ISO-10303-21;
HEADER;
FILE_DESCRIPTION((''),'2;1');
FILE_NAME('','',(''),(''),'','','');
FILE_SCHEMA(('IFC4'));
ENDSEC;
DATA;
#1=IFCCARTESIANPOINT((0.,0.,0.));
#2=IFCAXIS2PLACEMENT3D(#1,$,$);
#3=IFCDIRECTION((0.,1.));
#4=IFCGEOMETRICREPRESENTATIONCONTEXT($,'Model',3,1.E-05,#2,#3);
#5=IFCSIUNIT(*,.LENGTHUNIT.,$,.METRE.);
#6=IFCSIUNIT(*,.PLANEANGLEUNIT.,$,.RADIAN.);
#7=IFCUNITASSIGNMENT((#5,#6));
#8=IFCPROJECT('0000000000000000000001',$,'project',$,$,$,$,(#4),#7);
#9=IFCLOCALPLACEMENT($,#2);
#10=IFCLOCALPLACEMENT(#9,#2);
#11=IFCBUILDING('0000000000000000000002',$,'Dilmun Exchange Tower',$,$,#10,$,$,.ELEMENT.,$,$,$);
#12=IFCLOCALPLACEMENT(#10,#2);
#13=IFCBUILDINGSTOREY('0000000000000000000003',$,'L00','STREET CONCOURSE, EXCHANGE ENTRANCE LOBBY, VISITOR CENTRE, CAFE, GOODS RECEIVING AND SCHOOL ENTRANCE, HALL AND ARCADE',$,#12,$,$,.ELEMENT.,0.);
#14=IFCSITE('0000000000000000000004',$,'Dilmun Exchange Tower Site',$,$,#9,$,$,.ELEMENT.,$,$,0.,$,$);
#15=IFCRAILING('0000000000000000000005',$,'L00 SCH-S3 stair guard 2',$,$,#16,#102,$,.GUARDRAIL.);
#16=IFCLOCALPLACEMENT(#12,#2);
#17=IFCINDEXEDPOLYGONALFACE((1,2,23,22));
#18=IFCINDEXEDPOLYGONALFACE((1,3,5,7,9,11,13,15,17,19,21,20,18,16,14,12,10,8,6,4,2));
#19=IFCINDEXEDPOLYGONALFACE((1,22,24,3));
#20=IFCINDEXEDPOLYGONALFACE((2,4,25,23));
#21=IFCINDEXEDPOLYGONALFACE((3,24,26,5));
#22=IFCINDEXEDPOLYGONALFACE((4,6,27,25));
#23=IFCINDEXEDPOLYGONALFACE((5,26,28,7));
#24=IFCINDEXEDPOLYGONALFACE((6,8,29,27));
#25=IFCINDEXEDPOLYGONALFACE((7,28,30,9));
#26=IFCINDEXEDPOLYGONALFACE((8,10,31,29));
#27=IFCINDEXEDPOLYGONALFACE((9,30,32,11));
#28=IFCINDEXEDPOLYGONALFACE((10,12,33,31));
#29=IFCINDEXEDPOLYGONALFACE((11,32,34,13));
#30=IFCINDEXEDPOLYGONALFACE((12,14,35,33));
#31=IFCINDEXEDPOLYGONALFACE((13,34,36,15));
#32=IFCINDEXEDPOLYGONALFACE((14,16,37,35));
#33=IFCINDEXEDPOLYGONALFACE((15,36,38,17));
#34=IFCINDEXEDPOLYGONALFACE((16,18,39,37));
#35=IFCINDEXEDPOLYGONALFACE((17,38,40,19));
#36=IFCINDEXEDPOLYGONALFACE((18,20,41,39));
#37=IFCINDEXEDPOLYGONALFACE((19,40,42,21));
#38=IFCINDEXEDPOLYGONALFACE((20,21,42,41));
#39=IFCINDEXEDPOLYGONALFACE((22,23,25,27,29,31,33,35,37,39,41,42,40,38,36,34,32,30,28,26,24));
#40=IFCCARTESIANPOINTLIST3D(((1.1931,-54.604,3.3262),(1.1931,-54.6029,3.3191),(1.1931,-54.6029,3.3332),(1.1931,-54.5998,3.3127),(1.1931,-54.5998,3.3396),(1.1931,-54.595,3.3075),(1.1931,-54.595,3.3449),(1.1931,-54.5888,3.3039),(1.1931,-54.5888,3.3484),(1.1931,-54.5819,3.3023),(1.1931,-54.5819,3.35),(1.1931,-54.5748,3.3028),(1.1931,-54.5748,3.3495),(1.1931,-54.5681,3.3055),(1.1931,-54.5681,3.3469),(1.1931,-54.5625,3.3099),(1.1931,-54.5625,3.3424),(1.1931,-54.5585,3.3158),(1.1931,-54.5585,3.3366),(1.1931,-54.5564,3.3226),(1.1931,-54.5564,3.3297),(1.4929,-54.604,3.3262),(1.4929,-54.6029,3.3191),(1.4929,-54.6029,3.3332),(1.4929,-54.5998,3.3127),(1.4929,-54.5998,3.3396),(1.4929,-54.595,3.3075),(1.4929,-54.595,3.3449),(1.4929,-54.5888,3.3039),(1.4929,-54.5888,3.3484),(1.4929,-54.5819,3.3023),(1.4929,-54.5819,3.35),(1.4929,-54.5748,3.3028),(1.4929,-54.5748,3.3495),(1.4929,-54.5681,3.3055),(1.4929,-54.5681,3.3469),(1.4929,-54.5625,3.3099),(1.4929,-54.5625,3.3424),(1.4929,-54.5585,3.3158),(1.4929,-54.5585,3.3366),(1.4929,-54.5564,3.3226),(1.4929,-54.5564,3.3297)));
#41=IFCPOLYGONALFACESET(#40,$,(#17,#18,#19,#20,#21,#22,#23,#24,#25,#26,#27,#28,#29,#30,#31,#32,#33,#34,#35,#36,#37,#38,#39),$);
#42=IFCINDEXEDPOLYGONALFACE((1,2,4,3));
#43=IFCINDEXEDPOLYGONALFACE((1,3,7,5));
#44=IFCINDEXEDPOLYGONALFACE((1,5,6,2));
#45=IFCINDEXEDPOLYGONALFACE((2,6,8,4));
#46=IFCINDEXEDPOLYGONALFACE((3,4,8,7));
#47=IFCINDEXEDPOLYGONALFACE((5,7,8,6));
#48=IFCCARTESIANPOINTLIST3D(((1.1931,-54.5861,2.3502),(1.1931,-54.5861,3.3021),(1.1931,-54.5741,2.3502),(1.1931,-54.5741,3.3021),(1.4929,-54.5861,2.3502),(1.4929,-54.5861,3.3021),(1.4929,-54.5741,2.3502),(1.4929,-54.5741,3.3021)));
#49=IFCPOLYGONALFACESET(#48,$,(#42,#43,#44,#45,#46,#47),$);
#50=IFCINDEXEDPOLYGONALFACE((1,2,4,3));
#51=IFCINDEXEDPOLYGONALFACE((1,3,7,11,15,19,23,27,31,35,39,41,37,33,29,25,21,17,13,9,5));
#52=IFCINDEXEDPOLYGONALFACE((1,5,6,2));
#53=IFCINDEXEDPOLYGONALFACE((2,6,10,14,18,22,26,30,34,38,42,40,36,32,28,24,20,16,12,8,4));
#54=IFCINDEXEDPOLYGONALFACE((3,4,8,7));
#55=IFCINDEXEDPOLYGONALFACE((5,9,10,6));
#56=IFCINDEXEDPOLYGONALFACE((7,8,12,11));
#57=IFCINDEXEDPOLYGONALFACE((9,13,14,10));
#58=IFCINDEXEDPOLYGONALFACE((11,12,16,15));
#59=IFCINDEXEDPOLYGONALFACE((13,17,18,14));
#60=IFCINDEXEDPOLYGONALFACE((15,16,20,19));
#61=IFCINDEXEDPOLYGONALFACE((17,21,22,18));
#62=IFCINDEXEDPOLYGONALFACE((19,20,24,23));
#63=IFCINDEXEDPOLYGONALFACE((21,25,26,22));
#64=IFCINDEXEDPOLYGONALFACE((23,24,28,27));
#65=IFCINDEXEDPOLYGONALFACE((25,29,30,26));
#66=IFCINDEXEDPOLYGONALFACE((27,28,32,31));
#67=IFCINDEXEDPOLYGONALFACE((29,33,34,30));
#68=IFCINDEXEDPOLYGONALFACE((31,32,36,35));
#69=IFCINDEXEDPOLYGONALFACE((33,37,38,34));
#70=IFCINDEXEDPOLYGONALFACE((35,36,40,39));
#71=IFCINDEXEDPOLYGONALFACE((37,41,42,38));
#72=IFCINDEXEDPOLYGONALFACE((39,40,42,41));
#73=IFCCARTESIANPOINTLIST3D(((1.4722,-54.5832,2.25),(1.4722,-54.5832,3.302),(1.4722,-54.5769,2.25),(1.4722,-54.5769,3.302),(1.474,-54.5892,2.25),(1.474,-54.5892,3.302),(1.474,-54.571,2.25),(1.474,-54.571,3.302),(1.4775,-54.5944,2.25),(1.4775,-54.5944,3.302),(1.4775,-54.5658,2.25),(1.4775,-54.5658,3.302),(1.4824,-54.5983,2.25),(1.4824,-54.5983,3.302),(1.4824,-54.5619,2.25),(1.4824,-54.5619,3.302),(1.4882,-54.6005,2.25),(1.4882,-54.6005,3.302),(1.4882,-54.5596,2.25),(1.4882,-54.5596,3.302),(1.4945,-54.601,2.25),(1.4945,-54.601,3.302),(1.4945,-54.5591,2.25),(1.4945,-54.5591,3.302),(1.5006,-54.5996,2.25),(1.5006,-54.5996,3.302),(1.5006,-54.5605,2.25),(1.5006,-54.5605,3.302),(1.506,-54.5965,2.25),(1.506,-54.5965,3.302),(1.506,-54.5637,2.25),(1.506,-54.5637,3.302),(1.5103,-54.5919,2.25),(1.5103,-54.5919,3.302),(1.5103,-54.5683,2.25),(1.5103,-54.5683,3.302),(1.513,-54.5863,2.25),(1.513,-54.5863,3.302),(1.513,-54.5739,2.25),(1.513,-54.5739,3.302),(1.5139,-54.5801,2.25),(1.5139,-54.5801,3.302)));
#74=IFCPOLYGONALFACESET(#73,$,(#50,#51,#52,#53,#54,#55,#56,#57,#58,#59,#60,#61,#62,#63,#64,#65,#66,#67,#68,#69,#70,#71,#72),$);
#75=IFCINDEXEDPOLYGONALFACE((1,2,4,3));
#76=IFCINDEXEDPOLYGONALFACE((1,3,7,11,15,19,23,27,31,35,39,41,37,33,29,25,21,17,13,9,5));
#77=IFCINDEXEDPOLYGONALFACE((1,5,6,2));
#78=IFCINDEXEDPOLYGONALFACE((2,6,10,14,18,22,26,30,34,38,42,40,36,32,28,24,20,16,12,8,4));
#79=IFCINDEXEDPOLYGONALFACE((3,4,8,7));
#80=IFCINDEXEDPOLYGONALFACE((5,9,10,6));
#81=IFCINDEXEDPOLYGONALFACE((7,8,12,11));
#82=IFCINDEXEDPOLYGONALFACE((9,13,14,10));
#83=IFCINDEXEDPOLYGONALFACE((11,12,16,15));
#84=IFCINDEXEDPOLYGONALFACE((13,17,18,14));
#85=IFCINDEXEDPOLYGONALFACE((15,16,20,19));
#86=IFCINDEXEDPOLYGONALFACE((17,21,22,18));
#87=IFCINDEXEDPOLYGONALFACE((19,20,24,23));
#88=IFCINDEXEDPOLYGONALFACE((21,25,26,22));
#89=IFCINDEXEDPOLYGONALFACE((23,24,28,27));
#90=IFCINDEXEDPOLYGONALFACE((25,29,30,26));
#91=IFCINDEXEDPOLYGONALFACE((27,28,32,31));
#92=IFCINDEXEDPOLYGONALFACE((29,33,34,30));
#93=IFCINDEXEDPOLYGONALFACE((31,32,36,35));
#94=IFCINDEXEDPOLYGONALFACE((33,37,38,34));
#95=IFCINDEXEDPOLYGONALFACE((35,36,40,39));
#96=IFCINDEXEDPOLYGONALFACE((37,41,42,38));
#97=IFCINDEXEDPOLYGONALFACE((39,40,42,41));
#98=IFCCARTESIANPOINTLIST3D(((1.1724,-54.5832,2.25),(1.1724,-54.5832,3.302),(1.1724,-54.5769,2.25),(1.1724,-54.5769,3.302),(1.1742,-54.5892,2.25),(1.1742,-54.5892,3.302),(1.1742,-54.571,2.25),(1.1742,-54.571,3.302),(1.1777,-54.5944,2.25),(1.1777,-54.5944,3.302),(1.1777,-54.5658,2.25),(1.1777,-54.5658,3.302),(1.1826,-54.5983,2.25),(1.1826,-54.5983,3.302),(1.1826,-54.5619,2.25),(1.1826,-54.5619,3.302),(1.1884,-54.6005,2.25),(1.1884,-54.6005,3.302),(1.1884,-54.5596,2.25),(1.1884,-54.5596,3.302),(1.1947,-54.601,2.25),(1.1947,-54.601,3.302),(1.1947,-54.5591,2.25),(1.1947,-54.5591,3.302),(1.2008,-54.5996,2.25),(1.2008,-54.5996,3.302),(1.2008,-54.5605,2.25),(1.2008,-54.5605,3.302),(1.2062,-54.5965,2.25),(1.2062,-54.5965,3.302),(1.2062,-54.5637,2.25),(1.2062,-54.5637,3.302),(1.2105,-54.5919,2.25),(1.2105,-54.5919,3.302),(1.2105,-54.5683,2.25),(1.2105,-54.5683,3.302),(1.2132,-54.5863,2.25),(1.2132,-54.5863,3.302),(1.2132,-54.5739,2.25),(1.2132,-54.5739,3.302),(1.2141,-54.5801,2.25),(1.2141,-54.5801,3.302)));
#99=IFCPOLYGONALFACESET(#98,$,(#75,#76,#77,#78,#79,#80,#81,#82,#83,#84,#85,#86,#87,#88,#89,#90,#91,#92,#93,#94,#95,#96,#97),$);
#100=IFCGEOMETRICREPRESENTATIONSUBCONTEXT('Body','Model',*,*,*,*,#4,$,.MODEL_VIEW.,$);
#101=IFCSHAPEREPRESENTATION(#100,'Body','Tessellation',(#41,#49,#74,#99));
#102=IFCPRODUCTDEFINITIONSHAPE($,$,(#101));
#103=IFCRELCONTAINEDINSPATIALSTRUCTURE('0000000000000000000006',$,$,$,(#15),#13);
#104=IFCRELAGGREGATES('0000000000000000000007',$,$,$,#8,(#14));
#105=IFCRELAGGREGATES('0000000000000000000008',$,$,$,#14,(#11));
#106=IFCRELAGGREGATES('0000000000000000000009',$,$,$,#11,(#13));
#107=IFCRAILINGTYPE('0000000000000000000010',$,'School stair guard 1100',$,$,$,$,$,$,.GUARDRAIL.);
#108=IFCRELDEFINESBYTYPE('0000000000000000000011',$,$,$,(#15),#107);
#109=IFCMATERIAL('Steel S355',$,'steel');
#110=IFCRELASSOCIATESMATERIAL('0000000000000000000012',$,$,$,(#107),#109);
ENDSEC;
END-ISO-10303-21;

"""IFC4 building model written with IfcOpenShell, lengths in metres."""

from ifc_helpers import new_model, si_unit, direction, frame, origin, origin_2d, place, context, subcontext, project, spatial, rectangle, circle, extrude, material, type_object, element, save


model = new_model("IFC4")

# Units and contexts
model_context = context("Model", 3, precision=1e-05, world=origin(), true_north=direction((0.0, 1.0)))
body_context = subcontext(model_context, "Body", "Model", "MODEL_VIEW")
ifc_project = project(units=[si_unit("LENGTHUNIT", "METRE"), si_unit("PLANEANGLEUNIT", "RADIAN")], contexts=[model_context])

# Site, building, storey
site_placement = place(None, origin())
site = spatial("IfcSite", under=ifc_project, at=site_placement, Name="Dilmun Exchange Tower Site", CompositionType="ELEMENT", RefElevation=0.0)
building_placement = place(site_placement, origin())
building = spatial("IfcBuilding", under=site, at=building_placement, Name="Dilmun Exchange Tower", CompositionType="ELEMENT")
storey_placement = place(building_placement, origin())
storey = spatial("IfcBuildingStorey", under=building, at=storey_placement, Name="L00", Description="STREET CONCOURSE, EXCHANGE ENTRANCE LOBBY, VISITOR CENTRE, CAFE, GOODS RECEIVING AND SCHOOL ENTRANCE, HALL AND ARCADE", CompositionType="ELEMENT", Elevation=0.0)

# Railing
ifc_material_1 = material(Name="Steel S355", Category="steel")
railing_type_1 = type_object("IfcRailingType", Name="School stair guard 1100", PredefinedType="GUARDRAIL", material=ifc_material_1)
railing_1_placement = place(storey_placement, frame((1.4929, -54.5801, 2.25)))
element("IfcRailing", 1, at=railing_1_placement, inside=storey, type_object=railing_type_1, Name="L00 SCH-S3 stair guard 2", PredefinedType="GUARDRAIL", context=body_context, shape_type="SweptSolid", body=[
    extrude(circle(Radius=0.0239, at=origin_2d()), frame((0.0, 0.0, 1.0762), z_axis=(-1.0, 0.0, 0.0), x_axis=(0.0, -1.0, 0.0)), (0.0, 0.0, 1.0), 0.2998),
    extrude(rectangle(XDim=0.012, YDim=0.9519, at=origin_2d()), frame((0.0, 0.0, 0.5762), z_axis=(-1.0, 0.0, 0.0), x_axis=(0.0, -1.0, 0.0)), (0.0, 0.0, 1.0), 0.2998),
    extrude(circle(Radius=0.021, at=origin_2d()), origin(), (0.0, 0.0, 1.0), 1.052),
    extrude(circle(Radius=0.021, at=origin_2d()), frame((-0.2998, 0.0, 0.0)), (0.0, 0.0, 1.0), 1.052),
])

save(model, "model.ifc")
